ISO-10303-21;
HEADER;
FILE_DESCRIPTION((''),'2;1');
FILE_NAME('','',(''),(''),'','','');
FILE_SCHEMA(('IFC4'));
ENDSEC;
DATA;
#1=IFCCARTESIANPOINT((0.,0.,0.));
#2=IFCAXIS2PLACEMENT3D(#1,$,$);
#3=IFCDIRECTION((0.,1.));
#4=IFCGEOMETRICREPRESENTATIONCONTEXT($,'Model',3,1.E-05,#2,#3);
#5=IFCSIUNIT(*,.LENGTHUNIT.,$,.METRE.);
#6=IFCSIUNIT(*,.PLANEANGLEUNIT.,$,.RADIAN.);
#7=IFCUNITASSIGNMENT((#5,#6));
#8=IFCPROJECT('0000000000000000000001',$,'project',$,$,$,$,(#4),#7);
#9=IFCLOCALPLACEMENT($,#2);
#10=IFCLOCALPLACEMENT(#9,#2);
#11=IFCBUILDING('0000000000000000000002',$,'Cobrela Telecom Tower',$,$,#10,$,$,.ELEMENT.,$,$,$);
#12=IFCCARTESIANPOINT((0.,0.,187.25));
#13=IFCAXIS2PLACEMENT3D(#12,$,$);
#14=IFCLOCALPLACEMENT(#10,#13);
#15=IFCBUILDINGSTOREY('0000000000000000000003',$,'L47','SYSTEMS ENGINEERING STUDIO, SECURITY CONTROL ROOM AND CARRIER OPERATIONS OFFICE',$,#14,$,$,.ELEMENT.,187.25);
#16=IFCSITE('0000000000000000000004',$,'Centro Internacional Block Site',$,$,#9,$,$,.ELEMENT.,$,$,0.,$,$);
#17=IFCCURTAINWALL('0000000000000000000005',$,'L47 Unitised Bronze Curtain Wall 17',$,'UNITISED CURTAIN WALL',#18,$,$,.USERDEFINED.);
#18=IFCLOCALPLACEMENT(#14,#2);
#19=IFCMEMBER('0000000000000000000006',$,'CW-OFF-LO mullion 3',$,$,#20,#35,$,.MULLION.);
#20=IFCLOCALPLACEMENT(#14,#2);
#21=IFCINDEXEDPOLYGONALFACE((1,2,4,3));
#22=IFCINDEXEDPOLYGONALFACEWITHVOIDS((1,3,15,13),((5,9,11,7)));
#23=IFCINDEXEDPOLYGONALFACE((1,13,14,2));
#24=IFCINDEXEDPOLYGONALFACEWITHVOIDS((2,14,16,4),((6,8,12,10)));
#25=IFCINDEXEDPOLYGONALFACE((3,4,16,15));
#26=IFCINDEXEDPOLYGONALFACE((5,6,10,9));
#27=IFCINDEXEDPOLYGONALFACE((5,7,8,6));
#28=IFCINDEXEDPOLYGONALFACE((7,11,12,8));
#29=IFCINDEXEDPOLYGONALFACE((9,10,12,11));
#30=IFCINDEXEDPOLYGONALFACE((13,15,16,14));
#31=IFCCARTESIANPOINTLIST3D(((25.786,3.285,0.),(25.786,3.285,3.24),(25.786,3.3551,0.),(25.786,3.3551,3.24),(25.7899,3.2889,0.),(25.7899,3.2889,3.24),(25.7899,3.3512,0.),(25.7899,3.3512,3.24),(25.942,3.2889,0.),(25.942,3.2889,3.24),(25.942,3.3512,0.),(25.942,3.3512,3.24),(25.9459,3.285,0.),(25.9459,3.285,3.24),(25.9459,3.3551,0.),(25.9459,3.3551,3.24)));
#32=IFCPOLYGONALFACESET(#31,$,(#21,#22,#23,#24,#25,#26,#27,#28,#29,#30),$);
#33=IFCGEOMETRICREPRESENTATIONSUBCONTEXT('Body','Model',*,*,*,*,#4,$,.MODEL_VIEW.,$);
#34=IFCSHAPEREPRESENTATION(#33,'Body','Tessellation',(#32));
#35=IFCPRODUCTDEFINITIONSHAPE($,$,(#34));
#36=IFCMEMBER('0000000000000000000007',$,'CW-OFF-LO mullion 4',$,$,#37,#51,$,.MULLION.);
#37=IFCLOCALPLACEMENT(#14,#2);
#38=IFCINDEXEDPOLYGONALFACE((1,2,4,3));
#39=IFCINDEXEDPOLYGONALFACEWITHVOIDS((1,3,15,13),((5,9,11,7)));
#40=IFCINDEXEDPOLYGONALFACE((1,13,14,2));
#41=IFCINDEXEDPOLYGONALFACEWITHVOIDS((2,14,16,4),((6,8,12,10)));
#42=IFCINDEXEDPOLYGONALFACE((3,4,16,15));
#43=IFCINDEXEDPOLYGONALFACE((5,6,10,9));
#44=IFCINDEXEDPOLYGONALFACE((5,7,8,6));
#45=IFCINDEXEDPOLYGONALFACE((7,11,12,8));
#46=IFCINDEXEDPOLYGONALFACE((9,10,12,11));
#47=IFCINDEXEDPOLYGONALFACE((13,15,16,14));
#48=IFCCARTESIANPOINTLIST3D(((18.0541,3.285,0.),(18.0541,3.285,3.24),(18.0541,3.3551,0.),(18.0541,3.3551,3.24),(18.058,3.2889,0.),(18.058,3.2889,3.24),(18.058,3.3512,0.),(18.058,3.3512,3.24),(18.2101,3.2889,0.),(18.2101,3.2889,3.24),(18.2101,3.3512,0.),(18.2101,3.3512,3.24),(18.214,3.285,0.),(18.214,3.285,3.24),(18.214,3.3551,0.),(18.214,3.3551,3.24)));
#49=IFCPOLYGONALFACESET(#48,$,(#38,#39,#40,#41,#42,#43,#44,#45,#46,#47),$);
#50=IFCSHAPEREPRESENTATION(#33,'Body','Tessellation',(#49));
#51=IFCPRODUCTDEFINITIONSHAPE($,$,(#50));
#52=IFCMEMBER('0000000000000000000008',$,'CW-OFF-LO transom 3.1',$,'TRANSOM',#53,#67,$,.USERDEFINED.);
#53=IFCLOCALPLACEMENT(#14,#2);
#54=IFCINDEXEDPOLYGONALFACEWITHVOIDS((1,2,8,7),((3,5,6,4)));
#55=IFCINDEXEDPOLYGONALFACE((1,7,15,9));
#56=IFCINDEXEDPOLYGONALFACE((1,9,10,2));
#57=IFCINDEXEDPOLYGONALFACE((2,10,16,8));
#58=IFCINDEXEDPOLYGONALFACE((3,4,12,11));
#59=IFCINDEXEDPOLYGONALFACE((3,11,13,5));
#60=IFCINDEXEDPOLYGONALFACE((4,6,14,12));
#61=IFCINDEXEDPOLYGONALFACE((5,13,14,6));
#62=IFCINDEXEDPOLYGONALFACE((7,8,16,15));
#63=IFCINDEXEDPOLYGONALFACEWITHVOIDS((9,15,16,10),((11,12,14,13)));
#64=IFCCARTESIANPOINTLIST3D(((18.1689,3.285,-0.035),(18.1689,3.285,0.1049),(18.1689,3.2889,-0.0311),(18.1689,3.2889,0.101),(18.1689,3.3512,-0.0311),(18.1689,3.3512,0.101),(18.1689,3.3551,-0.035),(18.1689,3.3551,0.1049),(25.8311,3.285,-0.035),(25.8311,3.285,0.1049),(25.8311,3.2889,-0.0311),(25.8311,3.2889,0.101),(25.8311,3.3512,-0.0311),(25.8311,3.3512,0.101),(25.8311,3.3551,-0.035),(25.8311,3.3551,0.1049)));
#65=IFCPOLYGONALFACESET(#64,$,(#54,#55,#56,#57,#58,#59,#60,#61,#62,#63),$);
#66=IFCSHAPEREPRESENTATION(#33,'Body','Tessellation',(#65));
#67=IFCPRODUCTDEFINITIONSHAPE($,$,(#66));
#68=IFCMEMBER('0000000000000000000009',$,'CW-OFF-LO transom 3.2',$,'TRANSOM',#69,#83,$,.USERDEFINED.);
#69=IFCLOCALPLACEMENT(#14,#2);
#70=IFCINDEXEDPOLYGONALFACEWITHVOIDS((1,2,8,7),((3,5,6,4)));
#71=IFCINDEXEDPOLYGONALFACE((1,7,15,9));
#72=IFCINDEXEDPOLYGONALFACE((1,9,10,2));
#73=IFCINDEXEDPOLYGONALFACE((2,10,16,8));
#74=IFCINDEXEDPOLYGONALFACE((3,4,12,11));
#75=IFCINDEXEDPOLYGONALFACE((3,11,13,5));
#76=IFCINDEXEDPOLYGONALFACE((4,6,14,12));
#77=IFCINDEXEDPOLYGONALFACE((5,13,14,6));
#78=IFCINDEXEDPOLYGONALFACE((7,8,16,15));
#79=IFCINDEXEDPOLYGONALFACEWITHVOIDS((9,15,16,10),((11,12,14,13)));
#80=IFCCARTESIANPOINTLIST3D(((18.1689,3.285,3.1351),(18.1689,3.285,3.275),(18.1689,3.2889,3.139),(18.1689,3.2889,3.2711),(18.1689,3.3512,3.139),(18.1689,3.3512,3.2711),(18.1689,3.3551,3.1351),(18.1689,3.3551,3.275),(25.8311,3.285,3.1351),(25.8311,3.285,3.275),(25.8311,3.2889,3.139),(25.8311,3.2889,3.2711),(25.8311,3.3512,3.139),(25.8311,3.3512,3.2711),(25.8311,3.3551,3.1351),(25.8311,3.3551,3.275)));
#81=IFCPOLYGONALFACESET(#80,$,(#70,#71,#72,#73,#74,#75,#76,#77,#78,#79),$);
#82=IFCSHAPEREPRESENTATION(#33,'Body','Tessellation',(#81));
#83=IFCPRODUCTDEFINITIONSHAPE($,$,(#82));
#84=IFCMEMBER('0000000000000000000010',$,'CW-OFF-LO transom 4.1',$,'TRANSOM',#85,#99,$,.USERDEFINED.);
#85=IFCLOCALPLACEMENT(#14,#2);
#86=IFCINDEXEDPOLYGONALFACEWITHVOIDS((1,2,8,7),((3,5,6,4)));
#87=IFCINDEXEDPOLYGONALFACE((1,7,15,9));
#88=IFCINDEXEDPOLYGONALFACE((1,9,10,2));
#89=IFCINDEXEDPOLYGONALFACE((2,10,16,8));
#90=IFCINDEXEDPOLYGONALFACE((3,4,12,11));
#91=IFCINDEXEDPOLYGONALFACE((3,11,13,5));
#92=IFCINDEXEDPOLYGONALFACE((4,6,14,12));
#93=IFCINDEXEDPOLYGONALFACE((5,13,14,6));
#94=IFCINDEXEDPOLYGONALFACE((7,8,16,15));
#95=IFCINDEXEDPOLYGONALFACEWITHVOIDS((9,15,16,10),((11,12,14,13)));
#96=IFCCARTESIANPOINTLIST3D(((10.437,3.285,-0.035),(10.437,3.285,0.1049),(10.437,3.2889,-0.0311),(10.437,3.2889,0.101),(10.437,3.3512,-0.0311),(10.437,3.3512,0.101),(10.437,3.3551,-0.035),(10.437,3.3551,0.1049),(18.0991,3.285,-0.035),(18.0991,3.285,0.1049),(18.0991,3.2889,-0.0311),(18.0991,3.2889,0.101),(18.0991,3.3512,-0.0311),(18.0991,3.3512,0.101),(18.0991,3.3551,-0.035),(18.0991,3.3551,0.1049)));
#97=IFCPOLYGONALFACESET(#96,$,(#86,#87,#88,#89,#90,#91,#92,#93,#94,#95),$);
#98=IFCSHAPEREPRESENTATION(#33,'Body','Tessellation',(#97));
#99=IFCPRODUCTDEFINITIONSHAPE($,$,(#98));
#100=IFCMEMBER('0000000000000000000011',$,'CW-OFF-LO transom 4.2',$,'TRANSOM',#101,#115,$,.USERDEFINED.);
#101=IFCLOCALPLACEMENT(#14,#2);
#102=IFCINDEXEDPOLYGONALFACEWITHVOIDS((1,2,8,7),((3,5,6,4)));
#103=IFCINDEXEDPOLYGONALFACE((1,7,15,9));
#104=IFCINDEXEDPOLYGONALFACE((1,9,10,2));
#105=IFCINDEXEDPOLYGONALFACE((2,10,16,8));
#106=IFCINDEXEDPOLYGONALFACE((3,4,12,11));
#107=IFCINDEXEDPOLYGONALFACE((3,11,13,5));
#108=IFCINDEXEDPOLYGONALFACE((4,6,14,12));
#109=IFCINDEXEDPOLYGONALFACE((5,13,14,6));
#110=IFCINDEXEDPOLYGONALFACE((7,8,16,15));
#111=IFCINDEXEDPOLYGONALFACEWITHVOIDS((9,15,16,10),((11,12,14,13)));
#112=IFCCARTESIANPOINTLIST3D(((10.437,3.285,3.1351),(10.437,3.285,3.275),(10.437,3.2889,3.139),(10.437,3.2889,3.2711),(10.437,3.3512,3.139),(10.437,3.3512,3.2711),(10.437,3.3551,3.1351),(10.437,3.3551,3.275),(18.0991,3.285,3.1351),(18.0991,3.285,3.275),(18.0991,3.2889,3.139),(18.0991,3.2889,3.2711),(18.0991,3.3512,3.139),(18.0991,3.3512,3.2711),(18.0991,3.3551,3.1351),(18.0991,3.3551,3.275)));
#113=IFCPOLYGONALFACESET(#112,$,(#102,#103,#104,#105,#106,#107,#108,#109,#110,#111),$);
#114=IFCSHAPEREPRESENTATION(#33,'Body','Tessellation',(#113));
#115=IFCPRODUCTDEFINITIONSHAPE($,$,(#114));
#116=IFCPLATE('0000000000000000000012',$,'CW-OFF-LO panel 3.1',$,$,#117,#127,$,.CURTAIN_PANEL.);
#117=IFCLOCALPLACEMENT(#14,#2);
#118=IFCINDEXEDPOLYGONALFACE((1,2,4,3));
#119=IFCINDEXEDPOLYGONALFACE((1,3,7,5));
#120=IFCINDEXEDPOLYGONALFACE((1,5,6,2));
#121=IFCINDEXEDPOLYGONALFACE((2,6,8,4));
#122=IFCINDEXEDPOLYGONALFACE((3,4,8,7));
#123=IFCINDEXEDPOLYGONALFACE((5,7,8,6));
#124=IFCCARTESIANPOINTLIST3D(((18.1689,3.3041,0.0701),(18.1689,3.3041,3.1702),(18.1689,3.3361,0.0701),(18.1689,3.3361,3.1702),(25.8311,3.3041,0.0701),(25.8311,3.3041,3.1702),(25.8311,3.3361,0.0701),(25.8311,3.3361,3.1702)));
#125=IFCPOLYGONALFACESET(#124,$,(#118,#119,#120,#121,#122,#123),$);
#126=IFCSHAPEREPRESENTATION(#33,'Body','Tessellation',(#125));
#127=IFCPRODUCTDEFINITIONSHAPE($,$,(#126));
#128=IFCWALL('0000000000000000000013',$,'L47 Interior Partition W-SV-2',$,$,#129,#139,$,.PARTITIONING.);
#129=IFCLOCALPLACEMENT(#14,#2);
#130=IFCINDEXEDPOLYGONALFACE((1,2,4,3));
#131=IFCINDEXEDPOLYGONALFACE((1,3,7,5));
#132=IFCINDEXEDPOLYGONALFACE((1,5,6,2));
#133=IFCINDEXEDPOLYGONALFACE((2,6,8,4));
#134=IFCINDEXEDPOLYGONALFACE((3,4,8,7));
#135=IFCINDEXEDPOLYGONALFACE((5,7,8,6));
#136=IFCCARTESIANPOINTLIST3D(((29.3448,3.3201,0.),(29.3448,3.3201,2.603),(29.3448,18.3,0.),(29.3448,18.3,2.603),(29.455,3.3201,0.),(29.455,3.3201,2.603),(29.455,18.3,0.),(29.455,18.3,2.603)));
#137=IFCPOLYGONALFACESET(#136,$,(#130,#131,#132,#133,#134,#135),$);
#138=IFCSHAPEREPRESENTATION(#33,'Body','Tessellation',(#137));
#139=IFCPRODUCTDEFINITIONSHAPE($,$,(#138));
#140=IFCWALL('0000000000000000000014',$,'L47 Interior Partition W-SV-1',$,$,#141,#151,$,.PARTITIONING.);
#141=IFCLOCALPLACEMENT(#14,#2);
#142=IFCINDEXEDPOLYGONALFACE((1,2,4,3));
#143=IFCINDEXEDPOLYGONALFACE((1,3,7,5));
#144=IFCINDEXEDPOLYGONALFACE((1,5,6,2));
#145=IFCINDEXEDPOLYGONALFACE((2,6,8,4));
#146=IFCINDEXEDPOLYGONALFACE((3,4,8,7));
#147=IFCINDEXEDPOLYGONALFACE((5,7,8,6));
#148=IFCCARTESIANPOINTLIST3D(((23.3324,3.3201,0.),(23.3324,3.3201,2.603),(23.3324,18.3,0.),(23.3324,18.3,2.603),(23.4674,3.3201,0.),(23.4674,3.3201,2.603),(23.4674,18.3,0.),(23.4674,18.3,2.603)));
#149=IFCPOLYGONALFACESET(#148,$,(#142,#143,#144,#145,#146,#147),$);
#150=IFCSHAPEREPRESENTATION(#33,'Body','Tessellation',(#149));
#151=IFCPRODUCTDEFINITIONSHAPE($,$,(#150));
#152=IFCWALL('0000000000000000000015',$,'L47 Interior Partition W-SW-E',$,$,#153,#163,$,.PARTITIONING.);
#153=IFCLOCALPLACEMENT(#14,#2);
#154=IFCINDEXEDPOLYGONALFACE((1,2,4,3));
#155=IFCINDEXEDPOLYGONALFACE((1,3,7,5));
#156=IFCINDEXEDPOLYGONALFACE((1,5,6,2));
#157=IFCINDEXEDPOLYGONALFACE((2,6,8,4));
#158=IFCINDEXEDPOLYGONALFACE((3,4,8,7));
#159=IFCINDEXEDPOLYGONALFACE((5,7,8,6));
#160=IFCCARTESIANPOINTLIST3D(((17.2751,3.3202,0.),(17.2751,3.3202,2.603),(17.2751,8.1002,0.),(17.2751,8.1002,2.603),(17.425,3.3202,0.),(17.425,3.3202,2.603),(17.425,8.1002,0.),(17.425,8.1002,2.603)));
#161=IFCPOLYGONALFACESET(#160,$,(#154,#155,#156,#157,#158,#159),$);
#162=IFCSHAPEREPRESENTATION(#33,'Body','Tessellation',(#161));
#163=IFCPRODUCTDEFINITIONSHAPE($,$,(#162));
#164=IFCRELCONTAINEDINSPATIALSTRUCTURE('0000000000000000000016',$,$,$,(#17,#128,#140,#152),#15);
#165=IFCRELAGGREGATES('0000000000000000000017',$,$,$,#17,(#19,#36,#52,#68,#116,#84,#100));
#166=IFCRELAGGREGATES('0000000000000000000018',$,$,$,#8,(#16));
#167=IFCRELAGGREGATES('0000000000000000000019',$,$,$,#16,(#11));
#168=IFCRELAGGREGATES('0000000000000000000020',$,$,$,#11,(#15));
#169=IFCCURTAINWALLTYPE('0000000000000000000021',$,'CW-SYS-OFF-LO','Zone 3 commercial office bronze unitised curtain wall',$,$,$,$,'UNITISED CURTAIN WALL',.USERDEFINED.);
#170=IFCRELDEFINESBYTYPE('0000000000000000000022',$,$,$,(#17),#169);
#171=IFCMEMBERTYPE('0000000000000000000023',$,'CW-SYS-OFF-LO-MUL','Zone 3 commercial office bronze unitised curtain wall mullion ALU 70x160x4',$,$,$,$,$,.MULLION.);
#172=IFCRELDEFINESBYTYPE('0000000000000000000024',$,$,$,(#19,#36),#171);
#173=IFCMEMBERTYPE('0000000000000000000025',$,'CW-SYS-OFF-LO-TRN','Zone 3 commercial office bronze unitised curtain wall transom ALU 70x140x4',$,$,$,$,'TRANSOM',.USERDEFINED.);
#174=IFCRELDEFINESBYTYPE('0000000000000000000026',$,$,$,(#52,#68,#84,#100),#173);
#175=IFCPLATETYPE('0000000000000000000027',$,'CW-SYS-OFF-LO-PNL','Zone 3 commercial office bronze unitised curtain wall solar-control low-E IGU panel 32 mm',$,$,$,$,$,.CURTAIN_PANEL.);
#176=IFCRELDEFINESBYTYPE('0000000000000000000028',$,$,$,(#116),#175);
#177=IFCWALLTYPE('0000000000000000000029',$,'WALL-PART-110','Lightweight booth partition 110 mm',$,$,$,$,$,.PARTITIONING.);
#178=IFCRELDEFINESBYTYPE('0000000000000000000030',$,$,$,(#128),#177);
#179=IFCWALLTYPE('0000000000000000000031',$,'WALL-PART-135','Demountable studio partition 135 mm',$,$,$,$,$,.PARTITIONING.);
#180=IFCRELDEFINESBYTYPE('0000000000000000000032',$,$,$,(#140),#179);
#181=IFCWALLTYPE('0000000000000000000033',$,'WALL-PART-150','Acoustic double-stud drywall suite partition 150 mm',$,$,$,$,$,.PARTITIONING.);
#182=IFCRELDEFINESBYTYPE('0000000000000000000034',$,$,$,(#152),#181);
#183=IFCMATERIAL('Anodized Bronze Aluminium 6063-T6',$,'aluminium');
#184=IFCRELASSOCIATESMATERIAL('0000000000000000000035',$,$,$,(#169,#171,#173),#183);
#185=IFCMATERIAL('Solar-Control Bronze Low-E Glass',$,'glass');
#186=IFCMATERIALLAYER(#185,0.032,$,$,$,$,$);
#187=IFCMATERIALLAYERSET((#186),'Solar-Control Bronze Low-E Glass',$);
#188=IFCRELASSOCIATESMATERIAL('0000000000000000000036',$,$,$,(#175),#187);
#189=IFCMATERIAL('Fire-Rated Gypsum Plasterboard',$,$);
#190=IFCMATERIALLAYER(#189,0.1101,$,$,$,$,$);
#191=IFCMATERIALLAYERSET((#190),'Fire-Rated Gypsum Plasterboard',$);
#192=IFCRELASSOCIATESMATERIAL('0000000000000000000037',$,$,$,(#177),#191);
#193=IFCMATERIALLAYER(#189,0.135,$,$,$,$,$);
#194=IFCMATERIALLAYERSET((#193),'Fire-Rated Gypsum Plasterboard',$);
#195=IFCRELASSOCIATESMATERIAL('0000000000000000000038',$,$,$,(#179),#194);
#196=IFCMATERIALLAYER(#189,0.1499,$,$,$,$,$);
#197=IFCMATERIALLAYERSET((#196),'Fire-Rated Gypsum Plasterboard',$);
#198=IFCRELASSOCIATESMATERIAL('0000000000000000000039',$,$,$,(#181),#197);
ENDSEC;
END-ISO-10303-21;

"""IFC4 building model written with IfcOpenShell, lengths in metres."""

from ifc_helpers import new_model, si_unit, direction, frame, frame_2d, origin, origin_2d, place, context, subcontext, project, spatial, rectangle, hollow_rectangle, extrude, material, layer, layer_set, material_profile, profile_set, type_object, element, aggregate, save


model = new_model("IFC4")

# Units and contexts
model_context = context("Model", 3, precision=1e-05, world=origin(), true_north=direction((0.0, 1.0)))
body_context = subcontext(model_context, "Body", "Model", "MODEL_VIEW")
ifc_project = project(units=[si_unit("LENGTHUNIT", "METRE"), si_unit("PLANEANGLEUNIT", "RADIAN")], contexts=[model_context])

# Site, building, storey
site_placement = place(None, origin())
site = spatial("IfcSite", under=ifc_project, at=site_placement, Name="Centro Internacional Block Site", CompositionType="ELEMENT", RefElevation=0.0)
building_placement = place(site_placement, origin())
building = spatial("IfcBuilding", under=site, at=building_placement, Name="Cobrela Telecom Tower", CompositionType="ELEMENT")
storey_placement = place(building_placement, frame((0.0, 0.0, 187.25)))
storey = spatial("IfcBuildingStorey", under=building, at=storey_placement, Name="L47", Description="SYSTEMS ENGINEERING STUDIO, SECURITY CONTROL ROOM AND CARRIER OPERATIONS OFFICE", CompositionType="ELEMENT", Elevation=187.25)

# Curtain wall, members, plate
ifc_material_1 = material(Name="Anodized Bronze Aluminium 6063-T6", Category="aluminium")
curtain_wall_type = type_object("IfcCurtainWallType", Name="CW-SYS-OFF-LO", Description="Zone 3 commercial office bronze unitised curtain wall", ElementType="UNITISED CURTAIN WALL", PredefinedType="USERDEFINED", material=ifc_material_1)
curtain_wall_placement = place(storey_placement, origin())
curtain_wall = element("IfcCurtainWall", 1, at=curtain_wall_placement, inside=storey, type_object=curtain_wall_type, Name="L47 Unitised Bronze Curtain Wall 17", ObjectType="UNITISED CURTAIN WALL", PredefinedType="USERDEFINED")
ifc_material_profile_1 = material_profile(ifc_material_1, hollow_rectangle(XDim=0.0701, YDim=0.1599, WallThickness=0.0039, at=origin_2d()), Name="ALU 70x160x4")
ifc_profile_set_1 = profile_set([ifc_material_profile_1], Name="Anodized Bronze Aluminium 6063-T6")
member_type_1 = type_object("IfcMemberType", Name="CW-SYS-OFF-LO-MUL", Description="Zone 3 commercial office bronze unitised curtain wall mullion ALU 70x160x4", PredefinedType="MULLION", material=ifc_profile_set_1)
member_1_placement = place(storey_placement, frame((25.866, 3.3201, 0.0), z_axis=(0.0, 0.0, 1.0), x_axis=(0.0, -1.0, 0.0)))
member_1 = element("IfcMember", 2, at=member_1_placement, type_object=member_type_1, Name="CW-OFF-LO mullion 3", PredefinedType="MULLION", context=body_context, shape_type="SweptSolid", body=[
    extrude(hollow_rectangle(XDim=0.0701, YDim=0.1599, WallThickness=0.0039, at=origin_2d()), origin(), (0.0, 0.0, 1.0), 3.24),
])
member_2_placement = place(storey_placement, frame((18.134, 3.3201, 0.0), z_axis=(0.0, 0.0, 1.0), x_axis=(0.0, -1.0, 0.0)))
member_2 = element("IfcMember", 3, at=member_2_placement, type_object=member_type_1, Name="CW-OFF-LO mullion 4", PredefinedType="MULLION", context=body_context, shape_type="SweptSolid", body=[
    extrude(hollow_rectangle(XDim=0.0701, YDim=0.1599, WallThickness=0.0039, at=origin_2d()), origin(), (0.0, 0.0, 1.0), 3.24),
])
ifc_material_profile_2 = material_profile(ifc_material_1, hollow_rectangle(XDim=0.0701, YDim=0.1399, WallThickness=0.0039, at=origin_2d()), Name="ALU 70x140x4")
ifc_profile_set_2 = profile_set([ifc_material_profile_2], Name="Anodized Bronze Aluminium 6063-T6")
member_type_2 = type_object("IfcMemberType", Name="CW-SYS-OFF-LO-TRN", Description="Zone 3 commercial office bronze unitised curtain wall transom ALU 70x140x4", ElementType="TRANSOM", PredefinedType="USERDEFINED", material=ifc_profile_set_2)
member_3_placement = place(storey_placement, frame((25.8311, 3.3201, 0.0349), z_axis=(-1.0, 0.0, 0.0), x_axis=(0.0, -1.0, 0.0)))
member_3 = element("IfcMember", 4, at=member_3_placement, type_object=member_type_2, Name="CW-OFF-LO transom 3.1", ObjectType="TRANSOM", PredefinedType="USERDEFINED", context=body_context, shape_type="SweptSolid", body=[
    extrude(hollow_rectangle(XDim=0.0701, YDim=0.1399, WallThickness=0.0039, at=origin_2d()), origin(), (0.0, 0.0, 1.0), 7.6621),
])
member_4_placement = place(storey_placement, frame((25.8311, 3.3201, 3.2051), z_axis=(-1.0, 0.0, 0.0), x_axis=(0.0, -1.0, 0.0)))
member_4 = element("IfcMember", 5, at=member_4_placement, type_object=member_type_2, Name="CW-OFF-LO transom 3.2", ObjectType="TRANSOM", PredefinedType="USERDEFINED", context=body_context, shape_type="SweptSolid", body=[
    extrude(hollow_rectangle(XDim=0.0701, YDim=0.1399, WallThickness=0.0039, at=origin_2d()), origin(), (0.0, 0.0, 1.0), 7.6621),
])
member_5_placement = place(storey_placement, frame((18.0991, 3.3201, 0.0349), z_axis=(-1.0, 0.0, 0.0), x_axis=(0.0, -1.0, 0.0)))
member_5 = element("IfcMember", 6, at=member_5_placement, type_object=member_type_2, Name="CW-OFF-LO transom 4.1", ObjectType="TRANSOM", PredefinedType="USERDEFINED", context=body_context, shape_type="SweptSolid", body=[
    extrude(hollow_rectangle(XDim=0.0701, YDim=0.1399, WallThickness=0.0039, at=origin_2d()), origin(), (0.0, 0.0, 1.0), 7.6621),
])
member_6_placement = place(storey_placement, frame((18.0991, 3.3201, 3.2051), z_axis=(-1.0, 0.0, 0.0), x_axis=(0.0, -1.0, 0.0)))
member_6 = element("IfcMember", 7, at=member_6_placement, type_object=member_type_2, Name="CW-OFF-LO transom 4.2", ObjectType="TRANSOM", PredefinedType="USERDEFINED", context=body_context, shape_type="SweptSolid", body=[
    extrude(hollow_rectangle(XDim=0.0701, YDim=0.1399, WallThickness=0.0039, at=origin_2d()), origin(), (0.0, 0.0, 1.0), 7.6621),
])
ifc_material_2 = material(Name="Solar-Control Bronze Low-E Glass", Category="glass")
ifc_layer_1 = layer(ifc_material_2, 0.032)
ifc_layer_set_1 = layer_set([ifc_layer_1], Name="Solar-Control Bronze Low-E Glass")
plate_type = type_object("IfcPlateType", Name="CW-SYS-OFF-LO-PNL", Description="Zone 3 commercial office bronze unitised curtain wall solar-control low-E IGU panel 32 mm", PredefinedType="CURTAIN_PANEL", material=ifc_layer_set_1)
plate_placement = place(storey_placement, frame((22.0, 3.3201, 0.0701), z_axis=(0.0, 0.0, 1.0), x_axis=(-1.0, 0.0, 0.0)))
plate = element("IfcPlate", 8, at=plate_placement, type_object=plate_type, Name="CW-OFF-LO panel 3.1", PredefinedType="CURTAIN_PANEL", context=body_context, shape_type="SweptSolid", body=[
    extrude(rectangle(XDim=7.6621, YDim=0.032, at=origin_2d()), origin(), (0.0, 0.0, 1.0), 3.1001),
])
aggregate(curtain_wall, [member_1, member_2, member_3, member_4, plate, member_5, member_6])

# Walls
ifc_material_3 = material(Name="Fire-Rated Gypsum Plasterboard")
ifc_layer_2 = layer(ifc_material_3, 0.1101)
ifc_layer_set_2 = layer_set([ifc_layer_2], Name="Fire-Rated Gypsum Plasterboard")
wall_type_1 = type_object("IfcWallType", Name="WALL-PART-110", Description="Lightweight booth partition 110 mm", PredefinedType="PARTITIONING", material=ifc_layer_set_2)
wall_1_placement = place(storey_placement, frame((29.3999, 3.3201, 0.0), z_axis=(0.0, 0.0, 1.0), x_axis=(0.0, 1.0, 0.0)))
element("IfcWall", 9, at=wall_1_placement, inside=storey, type_object=wall_type_1, Name="L47 Interior Partition W-SV-2", PredefinedType="PARTITIONING", context=body_context, shape_type="SweptSolid", body=[
    extrude(rectangle(XDim=14.98, YDim=0.1101, at=frame_2d((7.49, 0.0))), origin(), (0.0, 0.0, 1.0), 2.603),
])
ifc_layer_3 = layer(ifc_material_3, 0.135)
ifc_layer_set_3 = layer_set([ifc_layer_3], Name="Fire-Rated Gypsum Plasterboard")
wall_type_2 = type_object("IfcWallType", Name="WALL-PART-135", Description="Demountable studio partition 135 mm", PredefinedType="PARTITIONING", material=ifc_layer_set_3)
wall_2_placement = place(storey_placement, frame((23.3999, 3.3201, 0.0), z_axis=(0.0, 0.0, 1.0), x_axis=(0.0, 1.0, 0.0)))
element("IfcWall", 10, at=wall_2_placement, inside=storey, type_object=wall_type_2, Name="L47 Interior Partition W-SV-1", PredefinedType="PARTITIONING", context=body_context, shape_type="SweptSolid", body=[
    extrude(rectangle(XDim=14.98, YDim=0.135, at=frame_2d((7.49, 0.0))), origin(), (0.0, 0.0, 1.0), 2.603),
])
ifc_layer_4 = layer(ifc_material_3, 0.1499)
ifc_layer_set_4 = layer_set([ifc_layer_4], Name="Fire-Rated Gypsum Plasterboard")
wall_type_3 = type_object("IfcWallType", Name="WALL-PART-150", Description="Acoustic double-stud drywall suite partition 150 mm", PredefinedType="PARTITIONING", material=ifc_layer_set_4)
wall_3_placement = place(storey_placement, frame((17.3501, 3.3201, 0.0), z_axis=(0.0, 0.0, 1.0), x_axis=(0.0, 1.0, 0.0)))
element("IfcWall", 11, at=wall_3_placement, inside=storey, type_object=wall_type_3, Name="L47 Interior Partition W-SW-E", PredefinedType="PARTITIONING", context=body_context, shape_type="SweptSolid", body=[
    extrude(rectangle(XDim=4.78, YDim=0.1499, at=frame_2d((2.3901, 0.0))), origin(), (0.0, 0.0, 1.0), 2.603),
])

save(model, "model.ifc")
